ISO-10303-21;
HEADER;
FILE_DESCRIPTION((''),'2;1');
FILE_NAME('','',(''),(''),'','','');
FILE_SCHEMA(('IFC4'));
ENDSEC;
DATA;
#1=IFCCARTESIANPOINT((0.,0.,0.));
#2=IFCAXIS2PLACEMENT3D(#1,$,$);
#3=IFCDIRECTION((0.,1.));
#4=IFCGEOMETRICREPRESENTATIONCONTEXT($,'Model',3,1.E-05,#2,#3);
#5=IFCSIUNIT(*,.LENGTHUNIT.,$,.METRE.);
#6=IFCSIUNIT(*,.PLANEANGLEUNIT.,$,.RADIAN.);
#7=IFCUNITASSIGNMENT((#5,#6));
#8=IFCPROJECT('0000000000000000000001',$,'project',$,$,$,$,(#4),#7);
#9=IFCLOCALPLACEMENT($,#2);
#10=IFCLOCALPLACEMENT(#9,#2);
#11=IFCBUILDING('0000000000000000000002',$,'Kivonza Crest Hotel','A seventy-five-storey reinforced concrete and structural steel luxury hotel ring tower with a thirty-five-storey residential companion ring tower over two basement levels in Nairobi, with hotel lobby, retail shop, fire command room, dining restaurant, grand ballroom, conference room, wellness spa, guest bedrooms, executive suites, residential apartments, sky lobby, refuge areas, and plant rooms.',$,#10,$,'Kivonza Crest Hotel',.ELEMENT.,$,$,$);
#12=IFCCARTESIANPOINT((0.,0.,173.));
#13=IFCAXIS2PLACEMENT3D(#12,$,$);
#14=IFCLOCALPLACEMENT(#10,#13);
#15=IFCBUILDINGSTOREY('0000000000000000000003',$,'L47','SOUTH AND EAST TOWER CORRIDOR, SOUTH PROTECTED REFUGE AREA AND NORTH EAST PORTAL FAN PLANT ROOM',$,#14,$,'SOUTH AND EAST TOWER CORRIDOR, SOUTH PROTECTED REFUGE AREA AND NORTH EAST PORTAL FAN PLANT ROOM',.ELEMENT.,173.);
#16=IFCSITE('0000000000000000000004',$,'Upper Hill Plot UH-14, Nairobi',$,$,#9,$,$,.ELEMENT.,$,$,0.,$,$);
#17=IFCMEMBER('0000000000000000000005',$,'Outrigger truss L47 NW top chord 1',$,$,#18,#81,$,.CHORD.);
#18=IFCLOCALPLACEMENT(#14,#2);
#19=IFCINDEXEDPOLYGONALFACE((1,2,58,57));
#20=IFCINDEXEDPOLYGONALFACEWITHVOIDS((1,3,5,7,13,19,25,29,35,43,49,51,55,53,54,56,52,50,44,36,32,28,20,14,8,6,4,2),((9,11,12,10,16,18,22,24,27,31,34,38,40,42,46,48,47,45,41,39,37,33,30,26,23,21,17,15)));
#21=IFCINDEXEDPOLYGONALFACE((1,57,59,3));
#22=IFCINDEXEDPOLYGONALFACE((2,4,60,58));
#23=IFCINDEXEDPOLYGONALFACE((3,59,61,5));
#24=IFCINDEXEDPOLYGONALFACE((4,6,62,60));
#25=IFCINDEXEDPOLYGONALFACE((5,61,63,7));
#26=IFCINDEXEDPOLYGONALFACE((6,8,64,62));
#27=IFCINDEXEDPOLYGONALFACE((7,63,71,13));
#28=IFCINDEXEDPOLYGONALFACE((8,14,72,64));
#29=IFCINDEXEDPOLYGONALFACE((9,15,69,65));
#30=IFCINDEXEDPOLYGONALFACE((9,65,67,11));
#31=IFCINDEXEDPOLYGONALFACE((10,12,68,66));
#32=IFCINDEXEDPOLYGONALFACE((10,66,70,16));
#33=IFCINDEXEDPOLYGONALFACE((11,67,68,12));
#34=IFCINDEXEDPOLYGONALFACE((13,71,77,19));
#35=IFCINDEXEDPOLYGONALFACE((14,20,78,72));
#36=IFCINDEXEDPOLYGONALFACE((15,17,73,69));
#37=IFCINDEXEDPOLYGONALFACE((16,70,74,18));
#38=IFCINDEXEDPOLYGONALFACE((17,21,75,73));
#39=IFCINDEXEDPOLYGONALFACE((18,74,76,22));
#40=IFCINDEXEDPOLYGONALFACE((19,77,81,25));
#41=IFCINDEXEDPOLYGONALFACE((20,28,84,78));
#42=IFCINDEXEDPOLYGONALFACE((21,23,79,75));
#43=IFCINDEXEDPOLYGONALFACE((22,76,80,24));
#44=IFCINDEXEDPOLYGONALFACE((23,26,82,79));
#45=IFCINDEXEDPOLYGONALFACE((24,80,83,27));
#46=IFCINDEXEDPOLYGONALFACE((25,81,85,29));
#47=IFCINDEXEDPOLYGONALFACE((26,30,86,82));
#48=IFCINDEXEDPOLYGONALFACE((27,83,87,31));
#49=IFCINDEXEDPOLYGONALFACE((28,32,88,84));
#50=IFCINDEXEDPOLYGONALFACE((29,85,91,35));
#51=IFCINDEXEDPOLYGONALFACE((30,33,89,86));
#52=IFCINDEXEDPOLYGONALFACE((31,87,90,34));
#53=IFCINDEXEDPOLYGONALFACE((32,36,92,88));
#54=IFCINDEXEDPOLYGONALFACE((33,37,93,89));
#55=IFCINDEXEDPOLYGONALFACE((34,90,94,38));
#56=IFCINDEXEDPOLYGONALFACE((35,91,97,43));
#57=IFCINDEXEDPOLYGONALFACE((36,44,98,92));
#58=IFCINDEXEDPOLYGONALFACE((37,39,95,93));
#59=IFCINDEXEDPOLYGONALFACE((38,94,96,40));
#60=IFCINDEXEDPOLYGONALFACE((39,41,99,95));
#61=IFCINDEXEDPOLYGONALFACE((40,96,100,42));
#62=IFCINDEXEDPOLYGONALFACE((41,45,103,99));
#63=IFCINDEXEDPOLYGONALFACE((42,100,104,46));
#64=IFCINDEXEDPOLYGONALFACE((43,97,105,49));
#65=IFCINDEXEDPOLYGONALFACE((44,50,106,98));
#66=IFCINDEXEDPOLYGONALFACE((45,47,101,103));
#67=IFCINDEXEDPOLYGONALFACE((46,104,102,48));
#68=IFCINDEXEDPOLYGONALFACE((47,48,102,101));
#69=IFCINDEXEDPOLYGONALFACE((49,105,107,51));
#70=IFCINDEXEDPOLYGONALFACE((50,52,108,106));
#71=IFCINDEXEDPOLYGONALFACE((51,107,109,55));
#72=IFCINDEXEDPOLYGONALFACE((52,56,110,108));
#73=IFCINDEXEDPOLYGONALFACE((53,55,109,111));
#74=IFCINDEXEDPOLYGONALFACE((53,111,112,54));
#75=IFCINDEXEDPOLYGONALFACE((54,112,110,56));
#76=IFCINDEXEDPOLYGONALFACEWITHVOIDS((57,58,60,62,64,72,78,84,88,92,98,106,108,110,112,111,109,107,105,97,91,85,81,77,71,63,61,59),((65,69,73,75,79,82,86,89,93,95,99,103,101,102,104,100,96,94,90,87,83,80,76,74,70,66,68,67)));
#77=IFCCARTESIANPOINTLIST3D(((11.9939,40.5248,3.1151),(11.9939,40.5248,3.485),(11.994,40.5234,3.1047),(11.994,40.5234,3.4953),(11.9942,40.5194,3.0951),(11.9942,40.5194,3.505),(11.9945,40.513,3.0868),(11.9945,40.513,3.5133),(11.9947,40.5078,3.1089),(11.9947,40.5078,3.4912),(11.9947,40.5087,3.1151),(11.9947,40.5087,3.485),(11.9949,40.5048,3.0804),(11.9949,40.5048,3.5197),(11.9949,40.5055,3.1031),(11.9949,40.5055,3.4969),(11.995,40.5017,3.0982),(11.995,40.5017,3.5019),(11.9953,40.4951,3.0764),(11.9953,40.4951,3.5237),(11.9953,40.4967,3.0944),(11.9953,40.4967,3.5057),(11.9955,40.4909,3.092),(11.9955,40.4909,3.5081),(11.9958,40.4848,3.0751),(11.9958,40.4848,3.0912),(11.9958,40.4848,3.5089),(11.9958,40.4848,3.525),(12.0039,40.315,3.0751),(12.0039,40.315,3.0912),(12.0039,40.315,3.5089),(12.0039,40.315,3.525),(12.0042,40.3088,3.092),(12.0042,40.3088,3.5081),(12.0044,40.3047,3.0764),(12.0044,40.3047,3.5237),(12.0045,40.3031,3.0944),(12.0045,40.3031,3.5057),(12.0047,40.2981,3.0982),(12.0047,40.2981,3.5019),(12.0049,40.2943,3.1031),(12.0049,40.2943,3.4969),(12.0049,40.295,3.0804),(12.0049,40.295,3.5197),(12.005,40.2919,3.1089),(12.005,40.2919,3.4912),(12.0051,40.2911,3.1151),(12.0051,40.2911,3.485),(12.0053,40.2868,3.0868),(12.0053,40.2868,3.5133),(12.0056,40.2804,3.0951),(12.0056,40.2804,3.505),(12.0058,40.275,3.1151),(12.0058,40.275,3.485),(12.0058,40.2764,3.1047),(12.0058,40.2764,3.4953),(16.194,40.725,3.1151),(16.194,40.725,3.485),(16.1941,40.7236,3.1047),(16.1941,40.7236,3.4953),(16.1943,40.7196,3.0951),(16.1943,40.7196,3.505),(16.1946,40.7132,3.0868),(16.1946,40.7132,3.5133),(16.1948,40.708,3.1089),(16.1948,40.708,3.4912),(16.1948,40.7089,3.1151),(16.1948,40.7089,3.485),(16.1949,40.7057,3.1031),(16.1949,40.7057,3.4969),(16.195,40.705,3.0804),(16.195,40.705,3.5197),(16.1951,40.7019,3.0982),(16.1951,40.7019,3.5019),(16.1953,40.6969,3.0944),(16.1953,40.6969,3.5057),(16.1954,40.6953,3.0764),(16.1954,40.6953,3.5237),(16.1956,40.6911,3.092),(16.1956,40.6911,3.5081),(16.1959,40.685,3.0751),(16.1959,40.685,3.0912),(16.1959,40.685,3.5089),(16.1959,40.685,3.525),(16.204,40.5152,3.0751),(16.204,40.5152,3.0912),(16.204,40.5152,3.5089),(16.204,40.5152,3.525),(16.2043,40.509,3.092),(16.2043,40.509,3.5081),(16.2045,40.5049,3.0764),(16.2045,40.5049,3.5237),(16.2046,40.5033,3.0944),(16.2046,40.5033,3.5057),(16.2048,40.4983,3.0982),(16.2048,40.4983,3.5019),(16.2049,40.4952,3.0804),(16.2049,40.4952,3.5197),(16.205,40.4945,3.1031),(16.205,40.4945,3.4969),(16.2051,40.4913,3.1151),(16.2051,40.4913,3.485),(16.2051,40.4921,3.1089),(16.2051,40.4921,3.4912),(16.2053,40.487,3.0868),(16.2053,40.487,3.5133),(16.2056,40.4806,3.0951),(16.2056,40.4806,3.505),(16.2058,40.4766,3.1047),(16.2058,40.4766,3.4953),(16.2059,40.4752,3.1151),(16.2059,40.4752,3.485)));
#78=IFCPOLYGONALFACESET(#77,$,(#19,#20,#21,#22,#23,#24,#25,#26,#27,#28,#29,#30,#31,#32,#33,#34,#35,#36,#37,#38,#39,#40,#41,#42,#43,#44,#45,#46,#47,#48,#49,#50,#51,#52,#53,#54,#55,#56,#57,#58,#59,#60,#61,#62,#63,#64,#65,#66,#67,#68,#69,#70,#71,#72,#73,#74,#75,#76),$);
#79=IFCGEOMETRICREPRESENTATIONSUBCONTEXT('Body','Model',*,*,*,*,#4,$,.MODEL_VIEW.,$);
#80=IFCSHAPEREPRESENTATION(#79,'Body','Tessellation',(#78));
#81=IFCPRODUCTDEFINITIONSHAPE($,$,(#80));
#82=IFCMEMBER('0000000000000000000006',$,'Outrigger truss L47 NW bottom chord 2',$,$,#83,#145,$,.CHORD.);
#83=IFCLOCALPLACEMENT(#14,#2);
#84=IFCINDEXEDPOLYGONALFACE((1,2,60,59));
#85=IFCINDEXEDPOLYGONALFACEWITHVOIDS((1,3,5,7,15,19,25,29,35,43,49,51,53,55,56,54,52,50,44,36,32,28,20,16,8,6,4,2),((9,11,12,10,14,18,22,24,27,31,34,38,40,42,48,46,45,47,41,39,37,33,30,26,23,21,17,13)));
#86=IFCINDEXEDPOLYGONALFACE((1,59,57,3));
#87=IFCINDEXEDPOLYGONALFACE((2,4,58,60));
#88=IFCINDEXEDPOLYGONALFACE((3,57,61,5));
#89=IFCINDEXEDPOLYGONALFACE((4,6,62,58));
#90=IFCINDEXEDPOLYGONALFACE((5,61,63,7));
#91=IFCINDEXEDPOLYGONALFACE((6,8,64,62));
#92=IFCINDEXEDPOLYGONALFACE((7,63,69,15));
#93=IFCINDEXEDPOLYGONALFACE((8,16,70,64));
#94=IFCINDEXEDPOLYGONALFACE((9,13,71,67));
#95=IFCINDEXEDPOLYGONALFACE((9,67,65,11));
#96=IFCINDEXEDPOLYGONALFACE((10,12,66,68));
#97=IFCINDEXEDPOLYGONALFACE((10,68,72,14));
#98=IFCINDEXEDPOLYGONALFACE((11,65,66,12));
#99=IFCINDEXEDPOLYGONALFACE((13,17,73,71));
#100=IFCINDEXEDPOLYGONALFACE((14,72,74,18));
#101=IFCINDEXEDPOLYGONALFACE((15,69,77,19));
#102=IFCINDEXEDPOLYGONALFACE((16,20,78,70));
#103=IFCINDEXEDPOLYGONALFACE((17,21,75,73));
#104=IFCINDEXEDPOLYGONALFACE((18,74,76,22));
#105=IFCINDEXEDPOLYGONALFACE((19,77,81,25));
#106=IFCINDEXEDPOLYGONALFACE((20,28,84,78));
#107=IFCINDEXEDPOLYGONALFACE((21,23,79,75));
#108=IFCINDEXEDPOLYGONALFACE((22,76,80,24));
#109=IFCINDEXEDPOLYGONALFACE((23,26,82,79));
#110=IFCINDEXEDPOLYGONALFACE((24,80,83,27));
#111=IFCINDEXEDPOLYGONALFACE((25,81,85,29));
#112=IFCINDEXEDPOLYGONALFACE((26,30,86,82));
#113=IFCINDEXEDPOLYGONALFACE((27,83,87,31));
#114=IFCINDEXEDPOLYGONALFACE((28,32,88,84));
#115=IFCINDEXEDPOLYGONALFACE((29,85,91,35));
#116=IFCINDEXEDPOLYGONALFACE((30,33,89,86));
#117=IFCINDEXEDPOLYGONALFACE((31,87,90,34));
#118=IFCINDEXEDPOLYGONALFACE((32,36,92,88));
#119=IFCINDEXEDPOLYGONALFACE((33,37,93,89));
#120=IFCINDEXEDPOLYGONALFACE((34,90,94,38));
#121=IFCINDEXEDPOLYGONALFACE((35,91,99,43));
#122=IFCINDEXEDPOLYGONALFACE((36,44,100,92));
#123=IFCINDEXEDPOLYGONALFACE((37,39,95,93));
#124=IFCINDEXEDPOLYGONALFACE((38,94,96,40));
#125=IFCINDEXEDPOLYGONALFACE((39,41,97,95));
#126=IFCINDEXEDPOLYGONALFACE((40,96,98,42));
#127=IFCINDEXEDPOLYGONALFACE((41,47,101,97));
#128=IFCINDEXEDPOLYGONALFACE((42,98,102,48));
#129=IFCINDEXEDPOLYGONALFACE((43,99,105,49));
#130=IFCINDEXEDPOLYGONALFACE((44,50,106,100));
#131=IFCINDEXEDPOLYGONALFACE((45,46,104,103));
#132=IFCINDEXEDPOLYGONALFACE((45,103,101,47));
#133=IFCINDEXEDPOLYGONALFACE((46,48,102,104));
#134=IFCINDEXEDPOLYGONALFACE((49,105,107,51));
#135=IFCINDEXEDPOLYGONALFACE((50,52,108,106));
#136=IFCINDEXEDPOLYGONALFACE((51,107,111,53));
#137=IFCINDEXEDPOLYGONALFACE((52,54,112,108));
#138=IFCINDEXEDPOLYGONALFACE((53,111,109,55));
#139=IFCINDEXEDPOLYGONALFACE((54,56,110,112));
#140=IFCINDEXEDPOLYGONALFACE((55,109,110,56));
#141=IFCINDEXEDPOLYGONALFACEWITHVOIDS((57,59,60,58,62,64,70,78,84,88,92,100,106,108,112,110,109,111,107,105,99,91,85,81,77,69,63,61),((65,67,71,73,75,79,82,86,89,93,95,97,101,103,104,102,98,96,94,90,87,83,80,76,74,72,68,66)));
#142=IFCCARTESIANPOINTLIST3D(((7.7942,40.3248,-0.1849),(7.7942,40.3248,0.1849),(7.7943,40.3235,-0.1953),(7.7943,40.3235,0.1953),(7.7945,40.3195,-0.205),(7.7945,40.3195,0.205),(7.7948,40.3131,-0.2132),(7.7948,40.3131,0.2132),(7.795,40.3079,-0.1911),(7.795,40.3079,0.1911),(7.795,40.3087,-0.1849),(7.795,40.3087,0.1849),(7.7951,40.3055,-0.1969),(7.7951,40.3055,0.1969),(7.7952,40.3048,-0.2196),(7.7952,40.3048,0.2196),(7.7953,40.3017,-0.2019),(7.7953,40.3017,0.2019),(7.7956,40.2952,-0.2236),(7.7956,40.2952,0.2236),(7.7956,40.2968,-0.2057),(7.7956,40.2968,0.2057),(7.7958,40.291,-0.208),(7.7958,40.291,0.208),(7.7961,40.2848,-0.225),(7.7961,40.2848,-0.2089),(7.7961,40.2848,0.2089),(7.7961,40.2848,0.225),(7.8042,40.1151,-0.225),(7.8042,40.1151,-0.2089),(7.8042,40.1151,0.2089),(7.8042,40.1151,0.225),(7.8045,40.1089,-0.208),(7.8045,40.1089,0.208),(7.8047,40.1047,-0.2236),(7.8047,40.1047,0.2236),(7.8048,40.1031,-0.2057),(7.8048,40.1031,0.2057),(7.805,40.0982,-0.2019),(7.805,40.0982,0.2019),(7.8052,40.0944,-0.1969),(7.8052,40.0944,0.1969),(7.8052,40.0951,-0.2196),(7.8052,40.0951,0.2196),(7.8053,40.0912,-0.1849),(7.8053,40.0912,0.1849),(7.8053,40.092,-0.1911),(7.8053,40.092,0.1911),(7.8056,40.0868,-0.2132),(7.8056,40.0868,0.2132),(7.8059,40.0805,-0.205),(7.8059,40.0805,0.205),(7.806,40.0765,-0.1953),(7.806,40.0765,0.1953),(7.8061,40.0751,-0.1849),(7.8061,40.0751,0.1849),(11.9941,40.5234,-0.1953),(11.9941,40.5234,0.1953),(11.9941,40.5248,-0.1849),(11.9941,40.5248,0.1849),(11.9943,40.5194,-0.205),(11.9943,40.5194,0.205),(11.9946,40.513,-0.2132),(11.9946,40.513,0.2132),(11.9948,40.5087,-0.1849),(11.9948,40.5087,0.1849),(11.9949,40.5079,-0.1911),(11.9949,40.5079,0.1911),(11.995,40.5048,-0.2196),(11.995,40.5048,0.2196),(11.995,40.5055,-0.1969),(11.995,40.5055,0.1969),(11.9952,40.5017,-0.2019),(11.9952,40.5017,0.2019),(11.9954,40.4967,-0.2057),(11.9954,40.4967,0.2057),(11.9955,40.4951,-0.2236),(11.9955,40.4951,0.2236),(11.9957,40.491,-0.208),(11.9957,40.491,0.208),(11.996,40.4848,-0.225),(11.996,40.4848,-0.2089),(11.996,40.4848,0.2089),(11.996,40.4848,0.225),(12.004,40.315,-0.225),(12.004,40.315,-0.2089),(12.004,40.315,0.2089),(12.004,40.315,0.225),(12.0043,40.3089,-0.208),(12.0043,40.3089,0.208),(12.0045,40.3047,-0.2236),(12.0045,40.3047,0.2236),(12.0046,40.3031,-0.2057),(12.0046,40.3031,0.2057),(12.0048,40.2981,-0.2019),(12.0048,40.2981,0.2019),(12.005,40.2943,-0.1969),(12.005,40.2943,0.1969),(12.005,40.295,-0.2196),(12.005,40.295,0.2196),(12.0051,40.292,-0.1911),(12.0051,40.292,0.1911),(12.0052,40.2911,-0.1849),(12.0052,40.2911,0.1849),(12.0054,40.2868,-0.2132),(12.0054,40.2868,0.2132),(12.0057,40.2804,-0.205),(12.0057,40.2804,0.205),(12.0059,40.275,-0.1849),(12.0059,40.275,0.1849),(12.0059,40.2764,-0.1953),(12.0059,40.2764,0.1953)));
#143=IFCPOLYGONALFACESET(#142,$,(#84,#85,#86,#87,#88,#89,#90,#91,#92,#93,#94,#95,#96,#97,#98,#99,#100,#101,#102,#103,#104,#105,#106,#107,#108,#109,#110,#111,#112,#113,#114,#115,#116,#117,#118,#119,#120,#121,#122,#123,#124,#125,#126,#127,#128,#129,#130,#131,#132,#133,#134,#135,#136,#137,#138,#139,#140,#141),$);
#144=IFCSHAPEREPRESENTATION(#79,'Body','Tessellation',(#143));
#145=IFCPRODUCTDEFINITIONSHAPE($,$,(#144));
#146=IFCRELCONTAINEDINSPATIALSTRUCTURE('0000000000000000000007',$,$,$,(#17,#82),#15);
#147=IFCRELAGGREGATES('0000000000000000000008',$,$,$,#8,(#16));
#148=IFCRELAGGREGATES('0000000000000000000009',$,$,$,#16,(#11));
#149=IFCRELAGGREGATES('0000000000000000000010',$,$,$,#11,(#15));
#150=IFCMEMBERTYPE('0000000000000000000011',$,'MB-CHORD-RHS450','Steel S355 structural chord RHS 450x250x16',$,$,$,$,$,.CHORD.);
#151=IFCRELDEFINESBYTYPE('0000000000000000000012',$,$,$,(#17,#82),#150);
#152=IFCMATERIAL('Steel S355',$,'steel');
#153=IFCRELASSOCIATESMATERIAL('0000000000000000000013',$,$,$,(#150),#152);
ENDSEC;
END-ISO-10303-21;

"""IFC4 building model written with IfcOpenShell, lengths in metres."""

from ifc_helpers import new_model, si_unit, direction, frame, origin, origin_2d, place, context, subcontext, project, spatial, hollow_rectangle, extrude, material, material_profile, profile_set, type_object, element, save


model = new_model("IFC4")

# Units and contexts
model_context = context("Model", 3, precision=1e-05, world=origin(), true_north=direction((0.0, 1.0)))
body_context = subcontext(model_context, "Body", "Model", "MODEL_VIEW")
ifc_project = project(units=[si_unit("LENGTHUNIT", "METRE"), si_unit("PLANEANGLEUNIT", "RADIAN")], contexts=[model_context])

# Site, building, storey
site_placement = place(None, origin())
site = spatial("IfcSite", under=ifc_project, at=site_placement, Name="Upper Hill Plot UH-14, Nairobi", CompositionType="ELEMENT", RefElevation=0.0)
building_placement = place(site_placement, origin())
building = spatial("IfcBuilding", under=site, at=building_placement, Name="Kivonza Crest Hotel", Description="A seventy-five-storey reinforced concrete and structural steel luxury hotel ring tower with a thirty-five-storey residential companion ring tower over two basement levels in Nairobi, with hotel lobby, retail shop, fire command room, dining restaurant, grand ballroom, conference room, wellness spa, guest bedrooms, executive suites, residential apartments, sky lobby, refuge areas, and plant rooms.", LongName="Kivonza Crest Hotel", CompositionType="ELEMENT")
storey_placement = place(building_placement, frame((0.0, 0.0, 173.0)))
storey = spatial("IfcBuildingStorey", under=building, at=storey_placement, Name="L47", Description="SOUTH AND EAST TOWER CORRIDOR, SOUTH PROTECTED REFUGE AREA AND NORTH EAST PORTAL FAN PLANT ROOM", LongName="SOUTH AND EAST TOWER CORRIDOR, SOUTH PROTECTED REFUGE AREA AND NORTH EAST PORTAL FAN PLANT ROOM", CompositionType="ELEMENT", Elevation=173.0)

# Shared definitions
ifc_material_1 = material(Name="Steel S355", Category="steel")

# Members
ifc_material_profile_1 = material_profile(ifc_material_1, hollow_rectangle(XDim=0.25, YDim=0.45, WallThickness=0.0161, InnerFilletRadius=0.0239, OuterFilletRadius=0.04, at=origin_2d()), Name="RHS 450x250x16")
ifc_profile_set_1 = profile_set([ifc_material_profile_1], Name="Steel S355")
member_type_1 = type_object("IfcMemberType", Name="MB-CHORD-RHS450", Description="Steel S355 structural chord RHS 450x250x16", PredefinedType="CHORD", material=ifc_profile_set_1)
for number, where, z_axis, x_axis, name in (
    (1, (16.2, 40.6001, 3.3), (-0.998866, -0.047612, 0.0), (0.047612, -0.998866, 0.0), "Outrigger truss L47 NW top chord 1"),
):
    element("IfcMember", number, at=place(storey_placement, frame(where, z_axis=z_axis, x_axis=x_axis)), inside=storey, type_object=member_type_1, Name=name, PredefinedType="CHORD", context=body_context, shape_type="SweptSolid", body=[
        extrude(hollow_rectangle(XDim=0.25, YDim=0.45, WallThickness=0.0161, InnerFilletRadius=0.0239, OuterFilletRadius=0.04, at=origin_2d()), origin(), (0.0, 0.0, 1.0), 4.2048),
    ])
for number, where, z_axis, x_axis, name in (
    (2, (12.0, 40.3999, 0.0), (-0.998869, -0.047554, 0.0), (0.047554, -0.998869, 0.0), "Outrigger truss L47 NW bottom chord 2"),
):
    element("IfcMember", number, at=place(storey_placement, frame(where, z_axis=z_axis, x_axis=x_axis)), inside=storey, type_object=member_type_1, Name=name, PredefinedType="CHORD", context=body_context, shape_type="SweptSolid", body=[
        extrude(hollow_rectangle(XDim=0.25, YDim=0.45, WallThickness=0.0161, InnerFilletRadius=0.0239, OuterFilletRadius=0.04, at=origin_2d()), origin(), (0.0, 0.0, 1.0), 4.2046),
    ])

save(model, "model.ifc")
